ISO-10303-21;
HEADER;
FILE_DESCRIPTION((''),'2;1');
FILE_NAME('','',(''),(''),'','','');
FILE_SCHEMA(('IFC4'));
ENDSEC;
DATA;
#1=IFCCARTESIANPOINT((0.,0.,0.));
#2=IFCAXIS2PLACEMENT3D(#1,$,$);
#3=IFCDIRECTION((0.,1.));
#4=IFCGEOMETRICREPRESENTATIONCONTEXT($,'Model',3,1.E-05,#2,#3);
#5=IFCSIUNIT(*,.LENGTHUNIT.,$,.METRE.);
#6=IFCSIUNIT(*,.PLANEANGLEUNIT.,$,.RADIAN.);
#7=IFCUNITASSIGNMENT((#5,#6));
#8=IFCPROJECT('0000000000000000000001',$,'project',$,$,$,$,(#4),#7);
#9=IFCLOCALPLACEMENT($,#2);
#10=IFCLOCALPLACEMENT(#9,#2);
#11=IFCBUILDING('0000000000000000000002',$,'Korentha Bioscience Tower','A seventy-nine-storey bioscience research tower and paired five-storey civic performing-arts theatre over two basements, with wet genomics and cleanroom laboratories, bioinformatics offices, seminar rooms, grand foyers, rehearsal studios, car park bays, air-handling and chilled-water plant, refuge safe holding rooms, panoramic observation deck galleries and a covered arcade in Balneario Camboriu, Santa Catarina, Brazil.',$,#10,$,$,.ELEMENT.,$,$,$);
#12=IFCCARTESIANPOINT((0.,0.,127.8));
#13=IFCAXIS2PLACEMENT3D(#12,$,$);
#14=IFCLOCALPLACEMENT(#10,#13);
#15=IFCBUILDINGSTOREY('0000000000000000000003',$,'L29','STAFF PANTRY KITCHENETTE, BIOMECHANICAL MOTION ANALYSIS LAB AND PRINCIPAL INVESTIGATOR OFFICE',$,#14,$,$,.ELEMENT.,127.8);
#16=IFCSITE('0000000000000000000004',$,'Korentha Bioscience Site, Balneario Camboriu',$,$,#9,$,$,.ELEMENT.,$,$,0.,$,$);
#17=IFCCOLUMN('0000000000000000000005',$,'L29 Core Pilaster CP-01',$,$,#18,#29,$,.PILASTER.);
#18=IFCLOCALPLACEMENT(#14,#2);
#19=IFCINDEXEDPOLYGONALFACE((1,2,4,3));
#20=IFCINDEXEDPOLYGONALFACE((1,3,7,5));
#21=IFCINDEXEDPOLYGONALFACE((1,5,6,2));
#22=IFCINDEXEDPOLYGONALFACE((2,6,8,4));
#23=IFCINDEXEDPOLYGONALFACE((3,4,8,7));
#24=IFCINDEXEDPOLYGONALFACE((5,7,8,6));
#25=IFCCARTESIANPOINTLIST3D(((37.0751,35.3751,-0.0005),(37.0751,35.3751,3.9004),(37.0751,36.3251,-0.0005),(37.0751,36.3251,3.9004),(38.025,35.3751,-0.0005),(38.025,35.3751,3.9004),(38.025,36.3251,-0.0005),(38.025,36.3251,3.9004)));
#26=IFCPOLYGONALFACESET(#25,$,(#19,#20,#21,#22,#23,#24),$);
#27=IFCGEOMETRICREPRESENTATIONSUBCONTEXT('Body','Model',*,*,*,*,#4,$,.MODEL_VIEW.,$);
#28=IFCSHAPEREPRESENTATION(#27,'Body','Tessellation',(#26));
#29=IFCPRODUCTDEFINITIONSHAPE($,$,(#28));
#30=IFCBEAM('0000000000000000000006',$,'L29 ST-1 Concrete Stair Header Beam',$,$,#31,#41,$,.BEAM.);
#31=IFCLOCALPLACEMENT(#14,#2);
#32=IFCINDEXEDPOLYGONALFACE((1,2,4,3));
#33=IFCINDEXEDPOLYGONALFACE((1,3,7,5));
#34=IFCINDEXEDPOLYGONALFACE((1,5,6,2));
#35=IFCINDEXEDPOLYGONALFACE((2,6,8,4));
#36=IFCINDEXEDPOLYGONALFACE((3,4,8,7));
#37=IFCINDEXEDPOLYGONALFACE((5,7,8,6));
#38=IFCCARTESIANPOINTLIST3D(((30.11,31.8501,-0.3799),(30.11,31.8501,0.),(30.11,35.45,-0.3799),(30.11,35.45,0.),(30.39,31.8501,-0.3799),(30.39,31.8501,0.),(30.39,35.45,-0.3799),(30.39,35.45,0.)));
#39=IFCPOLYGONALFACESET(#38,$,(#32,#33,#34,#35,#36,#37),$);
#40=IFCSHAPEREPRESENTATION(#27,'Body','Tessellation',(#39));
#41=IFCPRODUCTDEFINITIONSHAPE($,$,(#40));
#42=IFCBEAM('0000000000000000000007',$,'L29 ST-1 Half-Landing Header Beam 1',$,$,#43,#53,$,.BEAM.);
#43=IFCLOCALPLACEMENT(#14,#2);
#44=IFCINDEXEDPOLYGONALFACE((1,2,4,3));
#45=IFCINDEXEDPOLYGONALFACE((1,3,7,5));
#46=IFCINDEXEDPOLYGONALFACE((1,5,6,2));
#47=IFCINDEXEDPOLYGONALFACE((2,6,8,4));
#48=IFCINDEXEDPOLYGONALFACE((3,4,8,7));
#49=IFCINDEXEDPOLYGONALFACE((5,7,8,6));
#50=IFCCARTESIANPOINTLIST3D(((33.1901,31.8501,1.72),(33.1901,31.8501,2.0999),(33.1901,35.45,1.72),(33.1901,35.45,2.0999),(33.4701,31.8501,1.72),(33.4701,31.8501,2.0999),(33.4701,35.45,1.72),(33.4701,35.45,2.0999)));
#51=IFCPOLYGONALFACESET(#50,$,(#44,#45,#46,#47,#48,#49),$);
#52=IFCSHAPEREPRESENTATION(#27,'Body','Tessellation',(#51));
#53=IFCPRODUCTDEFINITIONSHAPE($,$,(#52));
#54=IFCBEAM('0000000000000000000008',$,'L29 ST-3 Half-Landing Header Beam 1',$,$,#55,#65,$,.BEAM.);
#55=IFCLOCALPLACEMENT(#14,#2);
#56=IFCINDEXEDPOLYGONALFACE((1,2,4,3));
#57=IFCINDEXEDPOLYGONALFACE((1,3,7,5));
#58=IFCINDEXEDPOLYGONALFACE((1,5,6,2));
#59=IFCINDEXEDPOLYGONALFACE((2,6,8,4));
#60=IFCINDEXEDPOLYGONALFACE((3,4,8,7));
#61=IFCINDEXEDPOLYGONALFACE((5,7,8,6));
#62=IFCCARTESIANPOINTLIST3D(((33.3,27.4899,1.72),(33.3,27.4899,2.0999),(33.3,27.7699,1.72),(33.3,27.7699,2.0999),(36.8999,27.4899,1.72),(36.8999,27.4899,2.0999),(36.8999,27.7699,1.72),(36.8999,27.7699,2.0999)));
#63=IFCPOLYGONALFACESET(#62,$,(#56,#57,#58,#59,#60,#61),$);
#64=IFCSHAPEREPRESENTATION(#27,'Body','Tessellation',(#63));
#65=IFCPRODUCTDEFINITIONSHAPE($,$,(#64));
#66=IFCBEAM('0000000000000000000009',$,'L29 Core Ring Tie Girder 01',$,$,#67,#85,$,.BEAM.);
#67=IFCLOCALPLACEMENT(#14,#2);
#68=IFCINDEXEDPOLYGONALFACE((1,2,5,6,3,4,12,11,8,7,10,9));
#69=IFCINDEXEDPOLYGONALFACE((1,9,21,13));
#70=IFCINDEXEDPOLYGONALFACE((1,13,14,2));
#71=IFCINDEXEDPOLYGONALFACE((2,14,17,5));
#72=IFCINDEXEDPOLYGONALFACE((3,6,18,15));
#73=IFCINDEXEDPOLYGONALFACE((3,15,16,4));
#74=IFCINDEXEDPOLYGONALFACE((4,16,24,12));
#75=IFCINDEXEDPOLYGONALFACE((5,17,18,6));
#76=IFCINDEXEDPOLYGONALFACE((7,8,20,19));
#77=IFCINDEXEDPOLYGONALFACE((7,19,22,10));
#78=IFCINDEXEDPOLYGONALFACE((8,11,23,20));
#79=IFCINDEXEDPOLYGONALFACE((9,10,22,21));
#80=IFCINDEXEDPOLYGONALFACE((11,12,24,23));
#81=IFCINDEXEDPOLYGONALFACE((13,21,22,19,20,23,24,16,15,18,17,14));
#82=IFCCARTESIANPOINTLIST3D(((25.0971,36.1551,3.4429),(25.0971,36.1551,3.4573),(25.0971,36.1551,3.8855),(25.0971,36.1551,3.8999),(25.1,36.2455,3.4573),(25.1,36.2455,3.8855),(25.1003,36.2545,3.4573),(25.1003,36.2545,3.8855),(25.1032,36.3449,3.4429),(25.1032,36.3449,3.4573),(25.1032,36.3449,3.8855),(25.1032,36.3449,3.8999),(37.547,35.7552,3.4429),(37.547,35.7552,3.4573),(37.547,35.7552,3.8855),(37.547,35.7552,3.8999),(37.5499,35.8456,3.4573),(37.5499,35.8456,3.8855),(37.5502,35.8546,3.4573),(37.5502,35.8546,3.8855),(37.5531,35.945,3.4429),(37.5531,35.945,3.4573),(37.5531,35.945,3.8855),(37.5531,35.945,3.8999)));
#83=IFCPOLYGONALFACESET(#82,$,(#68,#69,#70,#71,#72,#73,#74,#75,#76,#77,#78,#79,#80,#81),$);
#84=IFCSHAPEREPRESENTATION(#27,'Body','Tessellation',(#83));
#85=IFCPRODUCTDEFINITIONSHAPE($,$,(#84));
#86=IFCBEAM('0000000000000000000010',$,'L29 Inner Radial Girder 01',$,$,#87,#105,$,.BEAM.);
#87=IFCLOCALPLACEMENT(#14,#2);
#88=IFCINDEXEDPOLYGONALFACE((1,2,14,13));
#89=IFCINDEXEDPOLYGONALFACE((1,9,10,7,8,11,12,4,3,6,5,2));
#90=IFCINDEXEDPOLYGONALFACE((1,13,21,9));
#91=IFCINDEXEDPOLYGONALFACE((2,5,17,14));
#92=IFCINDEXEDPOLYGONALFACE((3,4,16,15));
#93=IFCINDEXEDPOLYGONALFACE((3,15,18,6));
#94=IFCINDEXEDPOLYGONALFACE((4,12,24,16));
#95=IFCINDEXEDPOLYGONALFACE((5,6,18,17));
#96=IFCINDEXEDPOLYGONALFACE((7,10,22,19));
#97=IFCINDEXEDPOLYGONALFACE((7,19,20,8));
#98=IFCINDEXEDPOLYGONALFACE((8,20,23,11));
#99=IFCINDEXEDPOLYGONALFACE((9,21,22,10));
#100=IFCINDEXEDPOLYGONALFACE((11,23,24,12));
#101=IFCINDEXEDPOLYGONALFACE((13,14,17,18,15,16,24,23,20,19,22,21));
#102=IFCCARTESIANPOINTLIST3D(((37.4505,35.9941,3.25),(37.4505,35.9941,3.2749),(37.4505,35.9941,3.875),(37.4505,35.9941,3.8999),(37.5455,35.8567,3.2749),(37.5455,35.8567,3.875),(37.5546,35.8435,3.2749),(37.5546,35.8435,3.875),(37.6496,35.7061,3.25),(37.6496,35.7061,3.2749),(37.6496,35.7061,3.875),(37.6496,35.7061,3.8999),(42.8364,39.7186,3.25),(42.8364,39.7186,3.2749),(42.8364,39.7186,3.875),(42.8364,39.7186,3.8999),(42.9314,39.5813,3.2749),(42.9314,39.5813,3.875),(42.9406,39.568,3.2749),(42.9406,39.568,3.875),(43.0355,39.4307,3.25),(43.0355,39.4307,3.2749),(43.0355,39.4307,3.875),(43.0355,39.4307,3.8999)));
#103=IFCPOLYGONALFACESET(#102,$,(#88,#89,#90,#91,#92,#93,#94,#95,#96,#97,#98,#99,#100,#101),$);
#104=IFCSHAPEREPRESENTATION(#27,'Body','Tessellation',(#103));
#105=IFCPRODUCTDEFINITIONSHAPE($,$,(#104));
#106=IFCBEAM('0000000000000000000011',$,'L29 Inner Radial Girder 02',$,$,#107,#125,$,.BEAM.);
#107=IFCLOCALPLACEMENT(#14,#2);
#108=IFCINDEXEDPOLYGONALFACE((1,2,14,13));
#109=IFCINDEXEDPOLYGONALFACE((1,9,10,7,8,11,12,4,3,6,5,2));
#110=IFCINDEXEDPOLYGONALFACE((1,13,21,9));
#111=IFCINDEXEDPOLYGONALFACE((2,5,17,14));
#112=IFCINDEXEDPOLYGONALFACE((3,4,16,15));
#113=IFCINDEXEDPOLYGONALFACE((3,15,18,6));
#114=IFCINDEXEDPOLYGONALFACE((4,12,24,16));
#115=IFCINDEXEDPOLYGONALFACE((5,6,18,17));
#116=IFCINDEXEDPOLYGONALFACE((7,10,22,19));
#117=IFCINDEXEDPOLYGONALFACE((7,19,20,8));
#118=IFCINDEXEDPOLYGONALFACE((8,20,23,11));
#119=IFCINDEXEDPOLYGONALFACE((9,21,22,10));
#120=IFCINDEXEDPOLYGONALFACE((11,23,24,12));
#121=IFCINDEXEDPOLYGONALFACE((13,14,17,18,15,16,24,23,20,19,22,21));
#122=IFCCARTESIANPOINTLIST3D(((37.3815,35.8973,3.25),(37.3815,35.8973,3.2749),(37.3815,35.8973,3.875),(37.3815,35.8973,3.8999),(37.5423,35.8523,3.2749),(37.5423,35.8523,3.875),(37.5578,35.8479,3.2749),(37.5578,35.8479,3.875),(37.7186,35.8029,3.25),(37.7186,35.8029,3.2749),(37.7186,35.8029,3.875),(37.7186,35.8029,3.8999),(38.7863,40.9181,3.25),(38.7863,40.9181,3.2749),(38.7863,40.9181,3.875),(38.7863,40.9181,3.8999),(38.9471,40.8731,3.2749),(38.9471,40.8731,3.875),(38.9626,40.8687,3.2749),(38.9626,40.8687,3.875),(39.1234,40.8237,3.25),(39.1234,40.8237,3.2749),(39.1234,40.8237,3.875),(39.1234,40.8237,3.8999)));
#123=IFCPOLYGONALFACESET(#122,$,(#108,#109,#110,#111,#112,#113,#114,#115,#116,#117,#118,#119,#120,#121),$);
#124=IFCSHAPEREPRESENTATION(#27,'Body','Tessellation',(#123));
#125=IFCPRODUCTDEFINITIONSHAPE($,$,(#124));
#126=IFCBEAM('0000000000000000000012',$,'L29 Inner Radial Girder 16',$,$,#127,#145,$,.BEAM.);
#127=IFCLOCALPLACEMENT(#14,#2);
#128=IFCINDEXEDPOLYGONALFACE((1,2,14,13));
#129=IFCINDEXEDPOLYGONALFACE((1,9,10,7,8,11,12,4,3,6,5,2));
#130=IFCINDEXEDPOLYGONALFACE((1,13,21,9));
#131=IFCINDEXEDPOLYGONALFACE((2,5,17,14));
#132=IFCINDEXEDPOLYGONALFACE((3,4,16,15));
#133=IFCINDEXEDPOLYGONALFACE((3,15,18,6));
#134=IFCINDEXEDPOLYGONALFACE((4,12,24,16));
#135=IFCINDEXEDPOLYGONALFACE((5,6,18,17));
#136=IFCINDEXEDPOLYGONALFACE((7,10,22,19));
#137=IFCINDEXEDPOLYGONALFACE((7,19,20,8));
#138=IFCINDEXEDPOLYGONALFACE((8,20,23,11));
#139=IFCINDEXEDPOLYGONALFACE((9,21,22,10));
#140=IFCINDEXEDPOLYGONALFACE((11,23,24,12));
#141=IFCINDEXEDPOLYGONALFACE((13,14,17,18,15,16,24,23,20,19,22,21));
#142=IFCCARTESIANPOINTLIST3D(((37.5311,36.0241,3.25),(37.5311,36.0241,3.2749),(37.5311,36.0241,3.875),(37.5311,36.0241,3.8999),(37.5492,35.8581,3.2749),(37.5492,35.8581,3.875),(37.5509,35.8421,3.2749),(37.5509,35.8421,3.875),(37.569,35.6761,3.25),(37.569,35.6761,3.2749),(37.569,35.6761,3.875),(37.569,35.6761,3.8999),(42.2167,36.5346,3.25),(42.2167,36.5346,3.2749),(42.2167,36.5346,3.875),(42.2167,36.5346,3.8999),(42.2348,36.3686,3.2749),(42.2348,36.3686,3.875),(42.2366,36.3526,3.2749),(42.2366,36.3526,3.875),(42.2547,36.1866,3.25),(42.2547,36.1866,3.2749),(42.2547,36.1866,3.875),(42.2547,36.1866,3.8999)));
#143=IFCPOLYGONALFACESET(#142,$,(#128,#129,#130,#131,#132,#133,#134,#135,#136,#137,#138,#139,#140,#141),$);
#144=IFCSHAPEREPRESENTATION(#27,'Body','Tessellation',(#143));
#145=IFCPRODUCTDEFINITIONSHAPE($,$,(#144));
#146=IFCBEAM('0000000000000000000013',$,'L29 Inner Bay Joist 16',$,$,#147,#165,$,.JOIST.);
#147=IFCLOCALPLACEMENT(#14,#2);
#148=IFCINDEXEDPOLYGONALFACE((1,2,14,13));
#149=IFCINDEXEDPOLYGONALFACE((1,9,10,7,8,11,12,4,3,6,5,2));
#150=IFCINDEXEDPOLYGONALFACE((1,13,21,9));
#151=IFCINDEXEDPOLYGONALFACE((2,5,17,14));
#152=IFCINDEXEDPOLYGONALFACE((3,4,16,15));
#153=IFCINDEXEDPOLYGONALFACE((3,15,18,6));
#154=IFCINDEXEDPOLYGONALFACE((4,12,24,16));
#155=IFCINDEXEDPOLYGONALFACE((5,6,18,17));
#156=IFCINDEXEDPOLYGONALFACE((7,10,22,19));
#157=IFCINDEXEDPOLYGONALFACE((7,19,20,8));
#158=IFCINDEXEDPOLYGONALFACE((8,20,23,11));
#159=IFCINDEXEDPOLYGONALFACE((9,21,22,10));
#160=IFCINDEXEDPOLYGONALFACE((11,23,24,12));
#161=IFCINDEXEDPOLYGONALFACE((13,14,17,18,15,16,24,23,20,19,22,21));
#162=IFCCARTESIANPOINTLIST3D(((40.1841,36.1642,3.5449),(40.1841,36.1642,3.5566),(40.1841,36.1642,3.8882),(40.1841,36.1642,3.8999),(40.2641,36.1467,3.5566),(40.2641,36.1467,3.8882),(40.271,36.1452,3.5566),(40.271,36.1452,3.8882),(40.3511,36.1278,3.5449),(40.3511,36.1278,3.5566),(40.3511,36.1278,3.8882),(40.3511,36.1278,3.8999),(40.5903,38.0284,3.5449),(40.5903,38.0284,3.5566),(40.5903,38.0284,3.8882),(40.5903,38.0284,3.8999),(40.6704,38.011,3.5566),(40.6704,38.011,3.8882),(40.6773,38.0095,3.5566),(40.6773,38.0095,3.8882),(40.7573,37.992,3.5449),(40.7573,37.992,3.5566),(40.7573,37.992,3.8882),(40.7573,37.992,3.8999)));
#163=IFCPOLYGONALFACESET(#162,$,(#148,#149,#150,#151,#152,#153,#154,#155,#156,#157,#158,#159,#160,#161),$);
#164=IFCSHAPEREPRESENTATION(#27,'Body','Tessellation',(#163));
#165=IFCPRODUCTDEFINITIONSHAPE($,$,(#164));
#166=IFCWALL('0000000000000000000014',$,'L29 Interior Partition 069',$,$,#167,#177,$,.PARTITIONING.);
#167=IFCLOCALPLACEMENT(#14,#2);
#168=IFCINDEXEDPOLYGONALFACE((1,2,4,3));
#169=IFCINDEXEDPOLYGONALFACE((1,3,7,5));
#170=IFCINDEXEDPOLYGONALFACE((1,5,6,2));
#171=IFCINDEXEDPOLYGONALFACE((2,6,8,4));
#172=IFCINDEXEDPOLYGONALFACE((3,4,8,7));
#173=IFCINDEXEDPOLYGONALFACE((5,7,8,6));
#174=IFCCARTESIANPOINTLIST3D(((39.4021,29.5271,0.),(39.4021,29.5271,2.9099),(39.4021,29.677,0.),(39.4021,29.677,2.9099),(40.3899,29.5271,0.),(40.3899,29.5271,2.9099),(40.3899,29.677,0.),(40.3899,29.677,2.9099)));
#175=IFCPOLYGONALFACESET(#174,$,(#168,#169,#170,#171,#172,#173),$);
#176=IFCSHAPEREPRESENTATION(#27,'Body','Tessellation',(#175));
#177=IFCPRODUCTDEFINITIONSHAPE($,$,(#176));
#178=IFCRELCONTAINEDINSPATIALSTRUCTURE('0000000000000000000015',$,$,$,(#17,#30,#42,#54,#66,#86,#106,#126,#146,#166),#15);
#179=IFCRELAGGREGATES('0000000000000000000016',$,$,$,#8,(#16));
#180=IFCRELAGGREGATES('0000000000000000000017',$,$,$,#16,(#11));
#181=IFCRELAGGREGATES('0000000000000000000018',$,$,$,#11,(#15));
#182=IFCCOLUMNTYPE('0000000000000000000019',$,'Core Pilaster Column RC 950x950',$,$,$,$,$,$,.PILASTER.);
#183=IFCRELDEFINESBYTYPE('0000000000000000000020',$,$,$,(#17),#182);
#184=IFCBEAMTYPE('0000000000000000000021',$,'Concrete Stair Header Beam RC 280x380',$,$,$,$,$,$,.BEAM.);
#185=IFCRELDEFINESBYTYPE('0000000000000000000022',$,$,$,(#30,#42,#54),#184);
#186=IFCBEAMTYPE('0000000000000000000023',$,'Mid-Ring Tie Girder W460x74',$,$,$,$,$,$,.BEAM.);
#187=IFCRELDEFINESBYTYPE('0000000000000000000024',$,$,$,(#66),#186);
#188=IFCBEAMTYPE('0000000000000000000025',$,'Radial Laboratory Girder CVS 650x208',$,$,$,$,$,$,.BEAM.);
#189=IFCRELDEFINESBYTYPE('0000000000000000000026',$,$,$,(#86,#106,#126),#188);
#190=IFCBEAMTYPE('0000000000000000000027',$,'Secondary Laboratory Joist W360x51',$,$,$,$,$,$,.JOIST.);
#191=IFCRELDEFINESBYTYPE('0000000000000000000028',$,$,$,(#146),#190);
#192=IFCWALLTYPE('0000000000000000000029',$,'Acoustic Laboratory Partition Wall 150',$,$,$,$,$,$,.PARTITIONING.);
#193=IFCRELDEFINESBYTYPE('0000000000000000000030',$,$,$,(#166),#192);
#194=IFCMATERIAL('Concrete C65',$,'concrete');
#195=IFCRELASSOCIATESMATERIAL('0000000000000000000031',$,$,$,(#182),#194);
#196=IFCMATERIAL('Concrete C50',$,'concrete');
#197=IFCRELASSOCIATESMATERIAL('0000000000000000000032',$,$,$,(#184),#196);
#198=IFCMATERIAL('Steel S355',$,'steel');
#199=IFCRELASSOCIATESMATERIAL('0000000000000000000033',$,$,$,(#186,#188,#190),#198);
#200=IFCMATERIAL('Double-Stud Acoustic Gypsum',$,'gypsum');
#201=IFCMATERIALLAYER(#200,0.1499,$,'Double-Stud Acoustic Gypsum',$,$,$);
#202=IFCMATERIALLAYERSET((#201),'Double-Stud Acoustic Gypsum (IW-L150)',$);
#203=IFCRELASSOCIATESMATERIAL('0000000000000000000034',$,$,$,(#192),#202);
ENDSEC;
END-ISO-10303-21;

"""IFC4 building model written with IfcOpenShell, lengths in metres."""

from ifc_helpers import new_model, si_unit, direction, frame, frame_2d, origin, origin_2d, place, context, subcontext, project, spatial, rectangle, i_section, extrude, material, layer, layer_set, material_profile, profile_set, type_object, element, save


model = new_model("IFC4")

# Units and contexts
model_context = context("Model", 3, precision=1e-05, world=origin(), true_north=direction((0.0, 1.0)))
body_context = subcontext(model_context, "Body", "Model", "MODEL_VIEW")
ifc_project = project(units=[si_unit("LENGTHUNIT", "METRE"), si_unit("PLANEANGLEUNIT", "RADIAN")], contexts=[model_context])

# Site, building, storey
site_placement = place(None, origin())
site = spatial("IfcSite", under=ifc_project, at=site_placement, Name="Korentha Bioscience Site, Balneario Camboriu", CompositionType="ELEMENT", RefElevation=0.0)
building_placement = place(site_placement, origin())
building = spatial("IfcBuilding", under=site, at=building_placement, Name="Korentha Bioscience Tower", Description="A seventy-nine-storey bioscience research tower and paired five-storey civic performing-arts theatre over two basements, with wet genomics and cleanroom laboratories, bioinformatics offices, seminar rooms, grand foyers, rehearsal studios, car park bays, air-handling and chilled-water plant, refuge safe holding rooms, panoramic observation deck galleries and a covered arcade in Balneario Camboriu, Santa Catarina, Brazil.", CompositionType="ELEMENT")
storey_placement = place(building_placement, frame((0.0, 0.0, 127.8)))
storey = spatial("IfcBuildingStorey", under=building, at=storey_placement, Name="L29", Description="STAFF PANTRY KITCHENETTE, BIOMECHANICAL MOTION ANALYSIS LAB AND PRINCIPAL INVESTIGATOR OFFICE", CompositionType="ELEMENT", Elevation=127.8)

# Column
ifc_material_1 = material(Name="Concrete C65", Category="concrete")
ifc_material_profile_1 = material_profile(ifc_material_1, rectangle(XDim=0.95, YDim=0.95, at=origin_2d()), Name="Concrete C65")
ifc_profile_set_1 = profile_set([ifc_material_profile_1], Name="Concrete C65 (COL-CP09)")
column_type = type_object("IfcColumnType", Name="Core Pilaster Column RC 950x950", PredefinedType="PILASTER", material=ifc_profile_set_1)
column_placement = place(storey_placement, frame((37.55, 35.8501, -0.0005), z_axis=(0.0, 0.0, 1.0), x_axis=(1.0, 0.0, 0.0)))
element("IfcColumn", 1, at=column_placement, inside=storey, type_object=column_type, Name="L29 Core Pilaster CP-01", PredefinedType="PILASTER", context=body_context, shape_type="SweptSolid", body=[
    extrude(rectangle(XDim=0.95, YDim=0.95, at=origin_2d()), origin(), (0.0, 0.0, 1.0), 3.9009),
])

# Beams
ifc_material_2 = material(Name="Concrete C50", Category="concrete")
ifc_material_profile_2 = material_profile(ifc_material_2, rectangle(XDim=0.28, YDim=0.3799, at=origin_2d()), Name="Concrete C50")
ifc_profile_set_2 = profile_set([ifc_material_profile_2], Name="Concrete C50 (ST-HB380)")
beam_type_1 = type_object("IfcBeamType", Name="Concrete Stair Header Beam RC 280x380", PredefinedType="BEAM", material=ifc_profile_set_2)
for number, where, z_axis, x_axis, name in (
    (2, (30.25, 31.8501, -0.1899), (0.0, 1.0, 0.0), (-1.0, 0.0, 0.0), "L29 ST-1 Concrete Stair Header Beam"),
    (3, (33.3301, 31.8501, 1.9099), (0.0, 1.0, 0.0), (-1.0, 0.0, 0.0), "L29 ST-1 Half-Landing Header Beam 1"),
    (4, (36.8999, 27.6299, 1.9099), (-1.0, 0.0, 0.0), (0.0, -1.0, 0.0), "L29 ST-3 Half-Landing Header Beam 1"),
):
    element("IfcBeam", number, at=place(storey_placement, frame(where, z_axis=z_axis, x_axis=x_axis)), inside=storey, type_object=beam_type_1, Name=name, PredefinedType="BEAM", context=body_context, shape_type="SweptSolid", body=[
        extrude(rectangle(XDim=0.28, YDim=0.3799, at=origin_2d()), origin(), (0.0, 0.0, 1.0), 3.5999),
    ])
ifc_material_3 = material(Name="Steel S355", Category="steel")
ifc_material_profile_3 = material_profile(ifc_material_3, i_section(OverallWidth=0.1899, OverallDepth=0.457, WebThickness=0.009, FlangeThickness=0.0144, at=origin_2d()), Name="Steel S355")
ifc_profile_set_3 = profile_set([ifc_material_profile_3], Name="Steel S355 (MB-460)")
beam_type_2 = type_object("IfcBeamType", Name="Mid-Ring Tie Girder W460x74", PredefinedType="BEAM", material=ifc_profile_set_3)
beam_1_placement = place(storey_placement, frame((37.55, 35.8501, 3.6714), z_axis=(-0.999485, 0.032104, 0.0), x_axis=(-0.032104, -0.999485, 0.0)))
element("IfcBeam", 5, at=beam_1_placement, inside=storey, type_object=beam_type_2, Name="L29 Core Ring Tie Girder 01", PredefinedType="BEAM", context=body_context, shape_type="SweptSolid", body=[
    extrude(i_section(OverallWidth=0.1899, OverallDepth=0.457, WebThickness=0.009, FlangeThickness=0.0144, at=origin_2d()), origin(), (0.0, 0.0, 1.0), 12.4563),
])
ifc_material_profile_4 = material_profile(ifc_material_3, i_section(OverallWidth=0.3501, OverallDepth=0.6499, WebThickness=0.0161, FlangeThickness=0.0249, at=origin_2d()), Name="Steel S355")
ifc_profile_set_4 = profile_set([ifc_material_profile_4], Name="Steel S355 (RB-650)")
beam_type_3 = type_object("IfcBeamType", Name="Radial Laboratory Girder CVS 650x208", PredefinedType="BEAM", material=ifc_profile_set_4)
beam_2_placement = place(storey_placement, frame((37.55, 35.8501, 3.575), z_axis=(0.822489, 0.568781, 0.0), x_axis=(-0.568781, 0.822489, 0.0)))
element("IfcBeam", 6, at=beam_2_placement, inside=storey, type_object=beam_type_3, Name="L29 Inner Radial Girder 01", PredefinedType="BEAM", context=body_context, shape_type="SweptSolid", body=[
    extrude(i_section(OverallWidth=0.3501, OverallDepth=0.6499, WebThickness=0.0161, FlangeThickness=0.0249, at=origin_2d()), origin(), (0.0, 0.0, 1.0), 6.5483),
])
beam_3_placement = place(storey_placement, frame((37.55, 35.8501, 3.575), z_axis=(0.269448, 0.963015, 0.0), x_axis=(-0.963015, 0.269448, 0.0)))
element("IfcBeam", 7, at=beam_3_placement, inside=storey, type_object=beam_type_3, Name="L29 Inner Radial Girder 02", PredefinedType="BEAM", context=body_context, shape_type="SweptSolid", body=[
    extrude(i_section(OverallWidth=0.3501, OverallDepth=0.6499, WebThickness=0.0161, FlangeThickness=0.0249, at=origin_2d()), origin(), (0.0, 0.0, 1.0), 5.2136),
])
beam_4_placement = place(storey_placement, frame((37.55, 35.8501, 3.575), z_axis=(0.994117, 0.108311, 0.0), x_axis=(-0.108311, 0.994117, 0.0)))
element("IfcBeam", 8, at=beam_4_placement, inside=storey, type_object=beam_type_3, Name="L29 Inner Radial Girder 16", PredefinedType="BEAM", context=body_context, shape_type="SweptSolid", body=[
    extrude(i_section(OverallWidth=0.3501, OverallDepth=0.6499, WebThickness=0.0161, FlangeThickness=0.0249, at=origin_2d()), origin(), (0.0, 0.0, 1.0), 4.7134),
])
ifc_material_profile_5 = material_profile(ifc_material_3, i_section(OverallWidth=0.1709, OverallDepth=0.355, WebThickness=0.0071, FlangeThickness=0.0117, at=origin_2d()), Name="Steel S355")
ifc_profile_set_5 = profile_set([ifc_material_profile_5], Name="Steel S355 (JB-360)")
beam_type_4 = type_object("IfcBeamType", Name="Secondary Laboratory Joist W360x51", PredefinedType="JOIST", material=ifc_profile_set_5)
beam_5_placement = place(storey_placement, frame((40.2676, 36.146, 3.7224), z_axis=(0.212918, 0.97707, 0.0), x_axis=(-0.97707, 0.212918, 0.0)))
element("IfcBeam", 9, at=beam_5_placement, inside=storey, type_object=beam_type_4, Name="L29 Inner Bay Joist 16", PredefinedType="JOIST", context=body_context, shape_type="SweptSolid", body=[
    extrude(i_section(OverallWidth=0.1709, OverallDepth=0.355, WebThickness=0.0071, FlangeThickness=0.0117, at=origin_2d()), origin(), (0.0, 0.0, 1.0), 1.908),
])

# Wall
ifc_material_4 = material(Name="Double-Stud Acoustic Gypsum", Category="gypsum")
ifc_layer_1 = layer(ifc_material_4, 0.1499, Name="Double-Stud Acoustic Gypsum")
ifc_layer_set_1 = layer_set([ifc_layer_1], Name="Double-Stud Acoustic Gypsum (IW-L150)")
wall_type_1 = type_object("IfcWallType", Name="Acoustic Laboratory Partition Wall 150", PredefinedType="PARTITIONING", material=ifc_layer_set_1)
wall_1_placement = place(storey_placement, frame((40.3899, 29.6021, 0.0), z_axis=(0.0, 0.0, 1.0), x_axis=(-1.0, 0.0, 0.0)))
element("IfcWall", 10, at=wall_1_placement, inside=storey, type_object=wall_type_1, Name="L29 Interior Partition 069", PredefinedType="PARTITIONING", context=body_context, shape_type="SweptSolid", body=[
    extrude(rectangle(XDim=0.9878, YDim=0.1499, at=frame_2d((0.4939, 0.0))), origin(), (0.0, 0.0, 1.0), 2.9099),
])

save(model, "model.ifc")
